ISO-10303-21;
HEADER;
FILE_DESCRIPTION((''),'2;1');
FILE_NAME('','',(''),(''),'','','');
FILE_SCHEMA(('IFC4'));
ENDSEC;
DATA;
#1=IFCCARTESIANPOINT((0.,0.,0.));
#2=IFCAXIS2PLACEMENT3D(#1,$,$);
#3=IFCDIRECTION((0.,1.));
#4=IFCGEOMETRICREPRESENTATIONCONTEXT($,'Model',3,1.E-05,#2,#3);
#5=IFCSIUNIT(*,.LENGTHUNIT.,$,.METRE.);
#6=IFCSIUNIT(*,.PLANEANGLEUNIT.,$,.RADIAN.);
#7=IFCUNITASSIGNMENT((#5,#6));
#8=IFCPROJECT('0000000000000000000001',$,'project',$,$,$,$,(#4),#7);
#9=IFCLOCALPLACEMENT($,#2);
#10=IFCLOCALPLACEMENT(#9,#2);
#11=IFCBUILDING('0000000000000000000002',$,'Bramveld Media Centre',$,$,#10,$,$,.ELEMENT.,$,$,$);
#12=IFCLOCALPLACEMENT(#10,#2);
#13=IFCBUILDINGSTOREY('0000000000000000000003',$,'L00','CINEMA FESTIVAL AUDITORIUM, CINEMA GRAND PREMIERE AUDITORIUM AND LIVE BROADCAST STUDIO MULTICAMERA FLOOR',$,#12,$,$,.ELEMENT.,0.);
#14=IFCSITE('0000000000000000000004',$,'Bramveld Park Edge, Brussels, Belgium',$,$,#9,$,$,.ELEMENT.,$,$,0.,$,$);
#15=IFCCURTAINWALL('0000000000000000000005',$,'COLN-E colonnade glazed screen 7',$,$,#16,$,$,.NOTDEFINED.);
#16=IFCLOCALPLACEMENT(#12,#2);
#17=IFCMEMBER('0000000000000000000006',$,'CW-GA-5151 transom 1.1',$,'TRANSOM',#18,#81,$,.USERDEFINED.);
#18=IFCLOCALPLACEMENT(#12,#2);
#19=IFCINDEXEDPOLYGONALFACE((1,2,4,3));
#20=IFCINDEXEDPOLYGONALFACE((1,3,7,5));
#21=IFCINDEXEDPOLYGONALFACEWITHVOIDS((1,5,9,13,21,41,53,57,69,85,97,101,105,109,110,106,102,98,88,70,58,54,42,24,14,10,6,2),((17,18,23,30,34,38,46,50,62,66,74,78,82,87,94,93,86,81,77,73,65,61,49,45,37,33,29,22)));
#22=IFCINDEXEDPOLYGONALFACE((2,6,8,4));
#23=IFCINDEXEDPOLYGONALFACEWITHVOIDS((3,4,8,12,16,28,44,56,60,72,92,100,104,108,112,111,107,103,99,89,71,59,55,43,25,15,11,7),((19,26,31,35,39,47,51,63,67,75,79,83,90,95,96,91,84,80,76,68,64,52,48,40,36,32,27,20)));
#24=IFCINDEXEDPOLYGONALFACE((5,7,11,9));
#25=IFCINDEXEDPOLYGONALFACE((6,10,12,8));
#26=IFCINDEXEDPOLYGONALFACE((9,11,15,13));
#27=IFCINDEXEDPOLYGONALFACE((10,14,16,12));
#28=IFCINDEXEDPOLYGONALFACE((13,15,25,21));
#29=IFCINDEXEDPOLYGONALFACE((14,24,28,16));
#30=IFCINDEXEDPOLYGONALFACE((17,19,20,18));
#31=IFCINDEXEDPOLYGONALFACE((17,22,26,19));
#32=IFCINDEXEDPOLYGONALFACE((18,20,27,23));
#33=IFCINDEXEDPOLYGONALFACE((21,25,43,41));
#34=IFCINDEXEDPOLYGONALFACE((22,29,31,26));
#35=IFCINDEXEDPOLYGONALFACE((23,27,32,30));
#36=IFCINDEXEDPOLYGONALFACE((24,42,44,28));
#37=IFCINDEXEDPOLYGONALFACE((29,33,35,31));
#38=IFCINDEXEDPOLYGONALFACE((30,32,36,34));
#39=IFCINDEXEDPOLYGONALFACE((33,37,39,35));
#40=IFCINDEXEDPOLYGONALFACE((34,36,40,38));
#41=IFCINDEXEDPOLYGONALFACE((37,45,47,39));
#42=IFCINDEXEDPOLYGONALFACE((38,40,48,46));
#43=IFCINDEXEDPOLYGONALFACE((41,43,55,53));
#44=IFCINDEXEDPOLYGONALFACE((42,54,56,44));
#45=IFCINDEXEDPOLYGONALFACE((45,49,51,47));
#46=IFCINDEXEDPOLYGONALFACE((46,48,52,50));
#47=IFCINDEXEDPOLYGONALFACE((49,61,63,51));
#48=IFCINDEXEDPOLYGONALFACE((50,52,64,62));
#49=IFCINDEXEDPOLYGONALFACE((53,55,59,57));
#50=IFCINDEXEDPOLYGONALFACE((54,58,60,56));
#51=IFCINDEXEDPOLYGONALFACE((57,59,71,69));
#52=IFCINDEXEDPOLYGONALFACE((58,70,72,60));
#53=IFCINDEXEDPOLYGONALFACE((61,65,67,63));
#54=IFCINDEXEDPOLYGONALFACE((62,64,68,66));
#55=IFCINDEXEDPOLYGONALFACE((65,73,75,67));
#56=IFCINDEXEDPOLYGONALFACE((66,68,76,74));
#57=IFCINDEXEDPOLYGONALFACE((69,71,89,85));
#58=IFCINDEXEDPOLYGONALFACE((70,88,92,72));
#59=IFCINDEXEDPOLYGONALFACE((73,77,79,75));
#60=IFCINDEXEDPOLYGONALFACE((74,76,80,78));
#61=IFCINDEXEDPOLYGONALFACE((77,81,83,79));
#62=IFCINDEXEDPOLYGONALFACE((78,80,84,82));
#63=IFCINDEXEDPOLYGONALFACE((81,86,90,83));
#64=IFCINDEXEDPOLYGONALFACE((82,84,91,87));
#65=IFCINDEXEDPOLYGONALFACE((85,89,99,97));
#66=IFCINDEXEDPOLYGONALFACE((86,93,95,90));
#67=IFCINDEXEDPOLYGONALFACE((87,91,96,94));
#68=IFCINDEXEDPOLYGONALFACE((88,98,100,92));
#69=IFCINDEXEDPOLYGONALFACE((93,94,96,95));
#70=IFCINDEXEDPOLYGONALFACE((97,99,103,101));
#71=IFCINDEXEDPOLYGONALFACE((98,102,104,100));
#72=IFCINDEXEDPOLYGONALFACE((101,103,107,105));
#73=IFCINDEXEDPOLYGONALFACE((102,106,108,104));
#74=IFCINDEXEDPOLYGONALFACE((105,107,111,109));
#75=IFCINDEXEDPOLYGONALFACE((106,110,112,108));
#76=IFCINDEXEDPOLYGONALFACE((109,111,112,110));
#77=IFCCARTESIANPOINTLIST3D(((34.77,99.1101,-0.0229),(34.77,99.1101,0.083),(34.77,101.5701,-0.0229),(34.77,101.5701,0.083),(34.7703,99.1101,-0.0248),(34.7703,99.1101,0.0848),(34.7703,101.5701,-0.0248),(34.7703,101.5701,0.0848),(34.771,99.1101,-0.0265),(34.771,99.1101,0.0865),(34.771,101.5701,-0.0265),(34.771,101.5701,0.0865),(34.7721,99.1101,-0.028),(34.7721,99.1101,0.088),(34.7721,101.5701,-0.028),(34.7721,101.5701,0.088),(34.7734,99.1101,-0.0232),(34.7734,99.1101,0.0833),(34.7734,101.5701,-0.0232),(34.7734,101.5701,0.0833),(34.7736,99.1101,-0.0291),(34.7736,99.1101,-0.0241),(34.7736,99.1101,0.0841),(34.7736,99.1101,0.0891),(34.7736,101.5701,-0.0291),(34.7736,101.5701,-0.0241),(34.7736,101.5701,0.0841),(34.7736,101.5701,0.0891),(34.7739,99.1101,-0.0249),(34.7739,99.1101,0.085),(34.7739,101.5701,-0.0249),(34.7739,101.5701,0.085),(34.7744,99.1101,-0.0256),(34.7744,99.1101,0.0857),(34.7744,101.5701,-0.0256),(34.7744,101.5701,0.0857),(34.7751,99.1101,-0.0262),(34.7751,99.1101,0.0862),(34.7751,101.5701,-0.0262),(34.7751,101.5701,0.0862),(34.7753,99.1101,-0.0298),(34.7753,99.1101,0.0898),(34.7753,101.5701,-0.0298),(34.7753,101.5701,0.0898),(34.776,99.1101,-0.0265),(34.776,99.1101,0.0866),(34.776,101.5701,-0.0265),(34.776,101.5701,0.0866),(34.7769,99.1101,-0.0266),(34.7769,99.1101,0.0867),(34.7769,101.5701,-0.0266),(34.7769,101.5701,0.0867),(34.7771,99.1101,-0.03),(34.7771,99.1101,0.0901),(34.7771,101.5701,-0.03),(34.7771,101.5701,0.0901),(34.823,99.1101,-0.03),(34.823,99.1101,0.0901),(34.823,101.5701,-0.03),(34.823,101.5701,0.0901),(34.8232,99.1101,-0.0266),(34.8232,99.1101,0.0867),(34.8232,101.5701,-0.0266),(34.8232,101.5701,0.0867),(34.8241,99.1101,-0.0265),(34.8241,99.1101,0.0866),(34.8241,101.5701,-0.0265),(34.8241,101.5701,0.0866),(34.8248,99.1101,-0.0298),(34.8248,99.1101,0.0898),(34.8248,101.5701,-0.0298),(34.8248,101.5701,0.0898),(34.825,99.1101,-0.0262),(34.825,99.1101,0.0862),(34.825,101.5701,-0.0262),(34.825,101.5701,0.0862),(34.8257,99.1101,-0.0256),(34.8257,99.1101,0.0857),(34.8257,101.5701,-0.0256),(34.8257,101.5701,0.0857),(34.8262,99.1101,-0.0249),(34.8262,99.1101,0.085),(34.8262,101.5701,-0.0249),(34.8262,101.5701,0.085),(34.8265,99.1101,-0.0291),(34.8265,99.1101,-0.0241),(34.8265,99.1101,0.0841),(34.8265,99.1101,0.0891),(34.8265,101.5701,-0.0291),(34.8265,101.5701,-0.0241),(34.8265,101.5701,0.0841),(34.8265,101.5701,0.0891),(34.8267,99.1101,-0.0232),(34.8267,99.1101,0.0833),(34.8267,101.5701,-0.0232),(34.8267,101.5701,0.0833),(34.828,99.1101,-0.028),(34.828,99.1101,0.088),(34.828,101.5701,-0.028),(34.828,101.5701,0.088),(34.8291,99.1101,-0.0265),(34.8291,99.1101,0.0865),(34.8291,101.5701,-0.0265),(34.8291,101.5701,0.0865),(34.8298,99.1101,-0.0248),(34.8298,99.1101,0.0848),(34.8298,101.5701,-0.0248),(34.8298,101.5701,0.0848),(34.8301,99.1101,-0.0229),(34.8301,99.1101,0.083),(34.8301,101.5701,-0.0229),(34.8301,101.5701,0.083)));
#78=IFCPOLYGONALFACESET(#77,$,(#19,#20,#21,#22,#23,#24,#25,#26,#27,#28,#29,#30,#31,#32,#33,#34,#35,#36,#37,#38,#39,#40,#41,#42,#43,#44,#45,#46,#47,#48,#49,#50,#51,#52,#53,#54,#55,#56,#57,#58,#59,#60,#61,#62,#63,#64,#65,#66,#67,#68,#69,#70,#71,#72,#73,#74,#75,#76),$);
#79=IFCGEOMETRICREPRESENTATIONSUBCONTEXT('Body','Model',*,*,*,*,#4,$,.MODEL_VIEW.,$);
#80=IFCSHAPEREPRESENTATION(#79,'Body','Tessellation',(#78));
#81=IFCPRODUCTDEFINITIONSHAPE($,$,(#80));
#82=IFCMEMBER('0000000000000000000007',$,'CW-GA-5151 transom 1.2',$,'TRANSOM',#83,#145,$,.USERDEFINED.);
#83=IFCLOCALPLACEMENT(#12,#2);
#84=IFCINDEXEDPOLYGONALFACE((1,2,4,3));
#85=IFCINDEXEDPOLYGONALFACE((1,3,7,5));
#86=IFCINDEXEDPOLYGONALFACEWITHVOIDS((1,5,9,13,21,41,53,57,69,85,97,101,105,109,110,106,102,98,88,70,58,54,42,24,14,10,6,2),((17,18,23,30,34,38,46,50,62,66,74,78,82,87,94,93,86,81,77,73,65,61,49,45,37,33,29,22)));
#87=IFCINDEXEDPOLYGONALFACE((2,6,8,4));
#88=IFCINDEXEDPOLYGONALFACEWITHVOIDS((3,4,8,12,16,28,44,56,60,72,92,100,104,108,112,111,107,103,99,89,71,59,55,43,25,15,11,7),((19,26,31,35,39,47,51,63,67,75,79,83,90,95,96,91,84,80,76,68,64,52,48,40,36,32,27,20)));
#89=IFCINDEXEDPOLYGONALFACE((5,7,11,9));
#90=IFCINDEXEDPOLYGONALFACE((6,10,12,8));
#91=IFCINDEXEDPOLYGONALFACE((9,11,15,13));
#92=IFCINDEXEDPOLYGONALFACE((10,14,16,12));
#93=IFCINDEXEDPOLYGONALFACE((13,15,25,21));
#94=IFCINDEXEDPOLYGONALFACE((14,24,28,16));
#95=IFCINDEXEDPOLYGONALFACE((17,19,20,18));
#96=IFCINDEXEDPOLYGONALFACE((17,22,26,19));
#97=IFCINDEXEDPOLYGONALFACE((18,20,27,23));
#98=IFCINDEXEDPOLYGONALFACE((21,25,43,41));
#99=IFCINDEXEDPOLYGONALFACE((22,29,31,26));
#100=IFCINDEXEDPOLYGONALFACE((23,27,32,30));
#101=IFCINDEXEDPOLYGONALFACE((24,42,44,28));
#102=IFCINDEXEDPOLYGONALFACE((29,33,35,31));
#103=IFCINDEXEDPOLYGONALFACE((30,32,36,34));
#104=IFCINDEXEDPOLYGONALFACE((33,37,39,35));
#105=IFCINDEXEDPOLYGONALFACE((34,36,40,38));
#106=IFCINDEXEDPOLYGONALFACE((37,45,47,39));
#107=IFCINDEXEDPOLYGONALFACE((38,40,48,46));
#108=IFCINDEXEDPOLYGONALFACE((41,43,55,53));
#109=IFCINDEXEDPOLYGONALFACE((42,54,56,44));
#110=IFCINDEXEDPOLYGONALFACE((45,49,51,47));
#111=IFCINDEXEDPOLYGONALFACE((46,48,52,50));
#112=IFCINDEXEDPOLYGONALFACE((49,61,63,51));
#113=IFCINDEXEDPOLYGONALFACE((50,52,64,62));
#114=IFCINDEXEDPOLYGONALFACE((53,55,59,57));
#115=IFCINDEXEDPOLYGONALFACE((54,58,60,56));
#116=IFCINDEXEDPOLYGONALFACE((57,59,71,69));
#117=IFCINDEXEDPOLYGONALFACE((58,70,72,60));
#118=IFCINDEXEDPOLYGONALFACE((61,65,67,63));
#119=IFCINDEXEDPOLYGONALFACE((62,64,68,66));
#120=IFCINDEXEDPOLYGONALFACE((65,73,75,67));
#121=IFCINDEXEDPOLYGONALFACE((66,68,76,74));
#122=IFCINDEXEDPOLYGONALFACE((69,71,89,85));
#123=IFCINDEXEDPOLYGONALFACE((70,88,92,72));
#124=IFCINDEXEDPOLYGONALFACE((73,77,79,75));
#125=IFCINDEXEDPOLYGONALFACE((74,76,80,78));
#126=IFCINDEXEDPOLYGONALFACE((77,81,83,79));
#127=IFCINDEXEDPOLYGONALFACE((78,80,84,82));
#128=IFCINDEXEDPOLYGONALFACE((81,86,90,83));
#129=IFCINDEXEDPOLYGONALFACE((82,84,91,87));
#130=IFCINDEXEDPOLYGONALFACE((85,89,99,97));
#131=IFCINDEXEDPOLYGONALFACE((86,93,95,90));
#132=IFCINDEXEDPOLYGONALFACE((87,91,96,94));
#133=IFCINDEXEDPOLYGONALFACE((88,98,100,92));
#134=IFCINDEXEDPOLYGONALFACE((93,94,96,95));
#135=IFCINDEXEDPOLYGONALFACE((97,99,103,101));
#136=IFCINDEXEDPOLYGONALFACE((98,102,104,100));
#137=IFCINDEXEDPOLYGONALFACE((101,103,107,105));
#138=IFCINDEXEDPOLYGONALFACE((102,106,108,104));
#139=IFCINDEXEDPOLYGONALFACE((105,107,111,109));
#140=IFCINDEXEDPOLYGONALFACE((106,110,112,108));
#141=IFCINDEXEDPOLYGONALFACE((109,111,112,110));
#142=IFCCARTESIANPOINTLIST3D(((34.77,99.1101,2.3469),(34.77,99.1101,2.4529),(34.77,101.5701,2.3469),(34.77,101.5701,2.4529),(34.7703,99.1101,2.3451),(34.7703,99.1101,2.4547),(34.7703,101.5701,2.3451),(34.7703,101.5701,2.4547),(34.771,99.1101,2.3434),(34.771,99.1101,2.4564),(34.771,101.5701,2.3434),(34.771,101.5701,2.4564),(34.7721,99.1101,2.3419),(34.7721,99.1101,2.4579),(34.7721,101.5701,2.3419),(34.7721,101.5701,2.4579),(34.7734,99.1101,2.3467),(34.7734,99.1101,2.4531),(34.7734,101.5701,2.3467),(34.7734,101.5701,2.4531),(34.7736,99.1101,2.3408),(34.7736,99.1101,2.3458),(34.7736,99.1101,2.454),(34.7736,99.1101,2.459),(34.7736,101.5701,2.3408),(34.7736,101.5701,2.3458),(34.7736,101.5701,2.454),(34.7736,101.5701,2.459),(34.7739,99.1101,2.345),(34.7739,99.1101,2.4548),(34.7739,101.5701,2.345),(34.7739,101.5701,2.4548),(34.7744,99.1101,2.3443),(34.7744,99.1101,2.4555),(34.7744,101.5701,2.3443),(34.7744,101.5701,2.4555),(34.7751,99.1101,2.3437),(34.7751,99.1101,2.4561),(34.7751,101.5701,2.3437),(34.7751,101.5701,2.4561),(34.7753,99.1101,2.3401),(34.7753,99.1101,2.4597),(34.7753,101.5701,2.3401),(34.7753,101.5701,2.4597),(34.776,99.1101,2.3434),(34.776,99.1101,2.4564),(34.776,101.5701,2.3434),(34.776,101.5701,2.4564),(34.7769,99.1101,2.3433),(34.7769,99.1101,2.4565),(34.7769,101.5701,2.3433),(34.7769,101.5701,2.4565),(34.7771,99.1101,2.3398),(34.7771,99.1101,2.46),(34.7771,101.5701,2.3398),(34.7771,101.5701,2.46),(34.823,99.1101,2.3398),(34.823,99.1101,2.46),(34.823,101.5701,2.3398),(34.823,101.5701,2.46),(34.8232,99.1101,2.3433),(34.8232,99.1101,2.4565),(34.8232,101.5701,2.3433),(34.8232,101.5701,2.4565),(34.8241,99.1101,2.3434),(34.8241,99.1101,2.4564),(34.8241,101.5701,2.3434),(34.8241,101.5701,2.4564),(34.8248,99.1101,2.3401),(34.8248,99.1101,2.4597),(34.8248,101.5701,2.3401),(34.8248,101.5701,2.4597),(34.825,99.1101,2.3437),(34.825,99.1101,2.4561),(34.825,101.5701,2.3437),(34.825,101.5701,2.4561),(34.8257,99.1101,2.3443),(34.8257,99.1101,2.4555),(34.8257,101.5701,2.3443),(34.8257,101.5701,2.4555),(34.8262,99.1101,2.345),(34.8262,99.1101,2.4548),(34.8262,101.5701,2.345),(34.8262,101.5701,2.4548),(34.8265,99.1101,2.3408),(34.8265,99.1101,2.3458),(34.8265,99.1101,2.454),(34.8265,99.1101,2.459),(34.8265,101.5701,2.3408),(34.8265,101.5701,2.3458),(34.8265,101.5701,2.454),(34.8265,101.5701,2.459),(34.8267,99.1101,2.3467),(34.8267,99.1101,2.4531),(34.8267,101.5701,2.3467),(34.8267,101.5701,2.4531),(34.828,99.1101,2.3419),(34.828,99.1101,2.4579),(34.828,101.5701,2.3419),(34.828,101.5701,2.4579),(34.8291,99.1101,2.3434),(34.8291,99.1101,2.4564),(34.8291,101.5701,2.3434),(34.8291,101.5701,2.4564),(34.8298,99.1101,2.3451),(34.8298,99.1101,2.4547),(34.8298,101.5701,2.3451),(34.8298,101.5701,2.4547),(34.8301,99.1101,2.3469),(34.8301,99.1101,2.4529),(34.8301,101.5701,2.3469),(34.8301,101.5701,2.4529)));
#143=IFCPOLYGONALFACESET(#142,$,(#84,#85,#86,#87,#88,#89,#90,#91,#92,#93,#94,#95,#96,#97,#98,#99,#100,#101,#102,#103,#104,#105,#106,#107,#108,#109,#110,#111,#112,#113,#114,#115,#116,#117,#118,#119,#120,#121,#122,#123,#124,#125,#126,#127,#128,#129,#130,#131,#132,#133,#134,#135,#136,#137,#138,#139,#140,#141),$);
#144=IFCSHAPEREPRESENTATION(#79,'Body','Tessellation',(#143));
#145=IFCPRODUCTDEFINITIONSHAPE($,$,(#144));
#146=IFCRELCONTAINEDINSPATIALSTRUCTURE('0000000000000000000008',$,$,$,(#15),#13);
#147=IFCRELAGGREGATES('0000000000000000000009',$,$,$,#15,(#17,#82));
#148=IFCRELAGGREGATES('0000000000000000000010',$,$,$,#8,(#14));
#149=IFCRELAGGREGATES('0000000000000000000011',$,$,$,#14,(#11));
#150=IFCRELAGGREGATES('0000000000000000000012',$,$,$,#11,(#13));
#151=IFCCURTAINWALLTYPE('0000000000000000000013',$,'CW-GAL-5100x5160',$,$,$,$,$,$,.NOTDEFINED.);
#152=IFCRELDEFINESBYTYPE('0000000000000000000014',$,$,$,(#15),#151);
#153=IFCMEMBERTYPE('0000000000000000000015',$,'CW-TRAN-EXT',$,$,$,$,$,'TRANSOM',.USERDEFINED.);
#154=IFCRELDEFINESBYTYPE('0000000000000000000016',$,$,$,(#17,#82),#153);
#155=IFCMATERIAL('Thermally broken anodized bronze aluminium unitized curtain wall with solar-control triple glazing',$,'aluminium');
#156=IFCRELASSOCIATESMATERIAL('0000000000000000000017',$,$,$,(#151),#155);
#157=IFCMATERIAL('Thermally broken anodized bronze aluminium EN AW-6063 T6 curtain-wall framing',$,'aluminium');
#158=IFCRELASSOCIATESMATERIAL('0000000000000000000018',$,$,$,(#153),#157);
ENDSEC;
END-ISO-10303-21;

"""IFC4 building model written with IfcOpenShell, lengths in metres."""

from ifc_helpers import new_model, si_unit, direction, frame, origin, origin_2d, place, context, subcontext, project, spatial, hollow_rectangle, extrude, material, material_profile, profile_set, type_object, element, aggregate, save


model = new_model("IFC4")

# Units and contexts
model_context = context("Model", 3, precision=1e-05, world=origin(), true_north=direction((0.0, 1.0)))
body_context = subcontext(model_context, "Body", "Model", "MODEL_VIEW")
ifc_project = project(units=[si_unit("LENGTHUNIT", "METRE"), si_unit("PLANEANGLEUNIT", "RADIAN")], contexts=[model_context])

# Site, building, storey
site_placement = place(None, origin())
site = spatial("IfcSite", under=ifc_project, at=site_placement, Name="Bramveld Park Edge, Brussels, Belgium", CompositionType="ELEMENT", RefElevation=0.0)
building_placement = place(site_placement, origin())
building = spatial("IfcBuilding", under=site, at=building_placement, Name="Bramveld Media Centre", CompositionType="ELEMENT")
storey_placement = place(building_placement, origin())
storey = spatial("IfcBuildingStorey", under=building, at=storey_placement, Name="L00", Description="CINEMA FESTIVAL AUDITORIUM, CINEMA GRAND PREMIERE AUDITORIUM AND LIVE BROADCAST STUDIO MULTICAMERA FLOOR", CompositionType="ELEMENT", Elevation=0.0)

# Curtain wall
ifc_material_1 = material(Name="Thermally broken anodized bronze aluminium unitized curtain wall with solar-control triple glazing", Category="aluminium")
curtain_wall_type = type_object("IfcCurtainWallType", Name="CW-GAL-5100x5160", PredefinedType="NOTDEFINED", material=ifc_material_1)
curtain_wall_1_placement = place(storey_placement, origin())
curtain_wall_1 = element("IfcCurtainWall", 1, at=curtain_wall_1_placement, inside=storey, type_object=curtain_wall_type, Name="COLN-E colonnade glazed screen 7", PredefinedType="NOTDEFINED")

# Members
ifc_material_2 = material(Name="Thermally broken anodized bronze aluminium EN AW-6063 T6 curtain-wall framing", Category="aluminium")
ifc_material_profile_1 = material_profile(ifc_material_2, hollow_rectangle(XDim=0.0601, YDim=0.1201, WallThickness=0.0034, InnerFilletRadius=0.0034, OuterFilletRadius=0.0071, at=origin_2d()), Name="AL-TRAN 60x120")
ifc_profile_set_1 = profile_set([ifc_material_profile_1], Name="Thermally broken anodized bronze aluminium EN AW-6063 T6 curtain-wall framing")
member_type_1 = type_object("IfcMemberType", Name="CW-TRAN-EXT", ElementType="TRANSOM", PredefinedType="USERDEFINED", material=ifc_profile_set_1)
member_1_placement = place(storey_placement, frame((34.8, 99.1101, 0.03), z_axis=(0.0, 1.0, 0.0), x_axis=(-1.0, 0.0, 0.0)))
member_1 = element("IfcMember", 2, at=member_1_placement, type_object=member_type_1, Name="CW-GA-5151 transom 1.1", ObjectType="TRANSOM", PredefinedType="USERDEFINED", context=body_context, shape_type="SweptSolid", body=[
    extrude(hollow_rectangle(XDim=0.0601, YDim=0.1201, WallThickness=0.0034, InnerFilletRadius=0.0034, OuterFilletRadius=0.0071, at=origin_2d()), origin(), (0.0, 0.0, 1.0), 2.46),
])
member_2_placement = place(storey_placement, frame((34.8, 99.1101, 2.3999), z_axis=(0.0, 1.0, 0.0), x_axis=(-1.0, 0.0, 0.0)))
member_2 = element("IfcMember", 3, at=member_2_placement, type_object=member_type_1, Name="CW-GA-5151 transom 1.2", ObjectType="TRANSOM", PredefinedType="USERDEFINED", context=body_context, shape_type="SweptSolid", body=[
    extrude(hollow_rectangle(XDim=0.0601, YDim=0.1201, WallThickness=0.0034, InnerFilletRadius=0.0034, OuterFilletRadius=0.0071, at=origin_2d()), origin(), (0.0, 0.0, 1.0), 2.46),
])

aggregate(curtain_wall_1, [member_1, member_2])

save(model, "model.ifc")
